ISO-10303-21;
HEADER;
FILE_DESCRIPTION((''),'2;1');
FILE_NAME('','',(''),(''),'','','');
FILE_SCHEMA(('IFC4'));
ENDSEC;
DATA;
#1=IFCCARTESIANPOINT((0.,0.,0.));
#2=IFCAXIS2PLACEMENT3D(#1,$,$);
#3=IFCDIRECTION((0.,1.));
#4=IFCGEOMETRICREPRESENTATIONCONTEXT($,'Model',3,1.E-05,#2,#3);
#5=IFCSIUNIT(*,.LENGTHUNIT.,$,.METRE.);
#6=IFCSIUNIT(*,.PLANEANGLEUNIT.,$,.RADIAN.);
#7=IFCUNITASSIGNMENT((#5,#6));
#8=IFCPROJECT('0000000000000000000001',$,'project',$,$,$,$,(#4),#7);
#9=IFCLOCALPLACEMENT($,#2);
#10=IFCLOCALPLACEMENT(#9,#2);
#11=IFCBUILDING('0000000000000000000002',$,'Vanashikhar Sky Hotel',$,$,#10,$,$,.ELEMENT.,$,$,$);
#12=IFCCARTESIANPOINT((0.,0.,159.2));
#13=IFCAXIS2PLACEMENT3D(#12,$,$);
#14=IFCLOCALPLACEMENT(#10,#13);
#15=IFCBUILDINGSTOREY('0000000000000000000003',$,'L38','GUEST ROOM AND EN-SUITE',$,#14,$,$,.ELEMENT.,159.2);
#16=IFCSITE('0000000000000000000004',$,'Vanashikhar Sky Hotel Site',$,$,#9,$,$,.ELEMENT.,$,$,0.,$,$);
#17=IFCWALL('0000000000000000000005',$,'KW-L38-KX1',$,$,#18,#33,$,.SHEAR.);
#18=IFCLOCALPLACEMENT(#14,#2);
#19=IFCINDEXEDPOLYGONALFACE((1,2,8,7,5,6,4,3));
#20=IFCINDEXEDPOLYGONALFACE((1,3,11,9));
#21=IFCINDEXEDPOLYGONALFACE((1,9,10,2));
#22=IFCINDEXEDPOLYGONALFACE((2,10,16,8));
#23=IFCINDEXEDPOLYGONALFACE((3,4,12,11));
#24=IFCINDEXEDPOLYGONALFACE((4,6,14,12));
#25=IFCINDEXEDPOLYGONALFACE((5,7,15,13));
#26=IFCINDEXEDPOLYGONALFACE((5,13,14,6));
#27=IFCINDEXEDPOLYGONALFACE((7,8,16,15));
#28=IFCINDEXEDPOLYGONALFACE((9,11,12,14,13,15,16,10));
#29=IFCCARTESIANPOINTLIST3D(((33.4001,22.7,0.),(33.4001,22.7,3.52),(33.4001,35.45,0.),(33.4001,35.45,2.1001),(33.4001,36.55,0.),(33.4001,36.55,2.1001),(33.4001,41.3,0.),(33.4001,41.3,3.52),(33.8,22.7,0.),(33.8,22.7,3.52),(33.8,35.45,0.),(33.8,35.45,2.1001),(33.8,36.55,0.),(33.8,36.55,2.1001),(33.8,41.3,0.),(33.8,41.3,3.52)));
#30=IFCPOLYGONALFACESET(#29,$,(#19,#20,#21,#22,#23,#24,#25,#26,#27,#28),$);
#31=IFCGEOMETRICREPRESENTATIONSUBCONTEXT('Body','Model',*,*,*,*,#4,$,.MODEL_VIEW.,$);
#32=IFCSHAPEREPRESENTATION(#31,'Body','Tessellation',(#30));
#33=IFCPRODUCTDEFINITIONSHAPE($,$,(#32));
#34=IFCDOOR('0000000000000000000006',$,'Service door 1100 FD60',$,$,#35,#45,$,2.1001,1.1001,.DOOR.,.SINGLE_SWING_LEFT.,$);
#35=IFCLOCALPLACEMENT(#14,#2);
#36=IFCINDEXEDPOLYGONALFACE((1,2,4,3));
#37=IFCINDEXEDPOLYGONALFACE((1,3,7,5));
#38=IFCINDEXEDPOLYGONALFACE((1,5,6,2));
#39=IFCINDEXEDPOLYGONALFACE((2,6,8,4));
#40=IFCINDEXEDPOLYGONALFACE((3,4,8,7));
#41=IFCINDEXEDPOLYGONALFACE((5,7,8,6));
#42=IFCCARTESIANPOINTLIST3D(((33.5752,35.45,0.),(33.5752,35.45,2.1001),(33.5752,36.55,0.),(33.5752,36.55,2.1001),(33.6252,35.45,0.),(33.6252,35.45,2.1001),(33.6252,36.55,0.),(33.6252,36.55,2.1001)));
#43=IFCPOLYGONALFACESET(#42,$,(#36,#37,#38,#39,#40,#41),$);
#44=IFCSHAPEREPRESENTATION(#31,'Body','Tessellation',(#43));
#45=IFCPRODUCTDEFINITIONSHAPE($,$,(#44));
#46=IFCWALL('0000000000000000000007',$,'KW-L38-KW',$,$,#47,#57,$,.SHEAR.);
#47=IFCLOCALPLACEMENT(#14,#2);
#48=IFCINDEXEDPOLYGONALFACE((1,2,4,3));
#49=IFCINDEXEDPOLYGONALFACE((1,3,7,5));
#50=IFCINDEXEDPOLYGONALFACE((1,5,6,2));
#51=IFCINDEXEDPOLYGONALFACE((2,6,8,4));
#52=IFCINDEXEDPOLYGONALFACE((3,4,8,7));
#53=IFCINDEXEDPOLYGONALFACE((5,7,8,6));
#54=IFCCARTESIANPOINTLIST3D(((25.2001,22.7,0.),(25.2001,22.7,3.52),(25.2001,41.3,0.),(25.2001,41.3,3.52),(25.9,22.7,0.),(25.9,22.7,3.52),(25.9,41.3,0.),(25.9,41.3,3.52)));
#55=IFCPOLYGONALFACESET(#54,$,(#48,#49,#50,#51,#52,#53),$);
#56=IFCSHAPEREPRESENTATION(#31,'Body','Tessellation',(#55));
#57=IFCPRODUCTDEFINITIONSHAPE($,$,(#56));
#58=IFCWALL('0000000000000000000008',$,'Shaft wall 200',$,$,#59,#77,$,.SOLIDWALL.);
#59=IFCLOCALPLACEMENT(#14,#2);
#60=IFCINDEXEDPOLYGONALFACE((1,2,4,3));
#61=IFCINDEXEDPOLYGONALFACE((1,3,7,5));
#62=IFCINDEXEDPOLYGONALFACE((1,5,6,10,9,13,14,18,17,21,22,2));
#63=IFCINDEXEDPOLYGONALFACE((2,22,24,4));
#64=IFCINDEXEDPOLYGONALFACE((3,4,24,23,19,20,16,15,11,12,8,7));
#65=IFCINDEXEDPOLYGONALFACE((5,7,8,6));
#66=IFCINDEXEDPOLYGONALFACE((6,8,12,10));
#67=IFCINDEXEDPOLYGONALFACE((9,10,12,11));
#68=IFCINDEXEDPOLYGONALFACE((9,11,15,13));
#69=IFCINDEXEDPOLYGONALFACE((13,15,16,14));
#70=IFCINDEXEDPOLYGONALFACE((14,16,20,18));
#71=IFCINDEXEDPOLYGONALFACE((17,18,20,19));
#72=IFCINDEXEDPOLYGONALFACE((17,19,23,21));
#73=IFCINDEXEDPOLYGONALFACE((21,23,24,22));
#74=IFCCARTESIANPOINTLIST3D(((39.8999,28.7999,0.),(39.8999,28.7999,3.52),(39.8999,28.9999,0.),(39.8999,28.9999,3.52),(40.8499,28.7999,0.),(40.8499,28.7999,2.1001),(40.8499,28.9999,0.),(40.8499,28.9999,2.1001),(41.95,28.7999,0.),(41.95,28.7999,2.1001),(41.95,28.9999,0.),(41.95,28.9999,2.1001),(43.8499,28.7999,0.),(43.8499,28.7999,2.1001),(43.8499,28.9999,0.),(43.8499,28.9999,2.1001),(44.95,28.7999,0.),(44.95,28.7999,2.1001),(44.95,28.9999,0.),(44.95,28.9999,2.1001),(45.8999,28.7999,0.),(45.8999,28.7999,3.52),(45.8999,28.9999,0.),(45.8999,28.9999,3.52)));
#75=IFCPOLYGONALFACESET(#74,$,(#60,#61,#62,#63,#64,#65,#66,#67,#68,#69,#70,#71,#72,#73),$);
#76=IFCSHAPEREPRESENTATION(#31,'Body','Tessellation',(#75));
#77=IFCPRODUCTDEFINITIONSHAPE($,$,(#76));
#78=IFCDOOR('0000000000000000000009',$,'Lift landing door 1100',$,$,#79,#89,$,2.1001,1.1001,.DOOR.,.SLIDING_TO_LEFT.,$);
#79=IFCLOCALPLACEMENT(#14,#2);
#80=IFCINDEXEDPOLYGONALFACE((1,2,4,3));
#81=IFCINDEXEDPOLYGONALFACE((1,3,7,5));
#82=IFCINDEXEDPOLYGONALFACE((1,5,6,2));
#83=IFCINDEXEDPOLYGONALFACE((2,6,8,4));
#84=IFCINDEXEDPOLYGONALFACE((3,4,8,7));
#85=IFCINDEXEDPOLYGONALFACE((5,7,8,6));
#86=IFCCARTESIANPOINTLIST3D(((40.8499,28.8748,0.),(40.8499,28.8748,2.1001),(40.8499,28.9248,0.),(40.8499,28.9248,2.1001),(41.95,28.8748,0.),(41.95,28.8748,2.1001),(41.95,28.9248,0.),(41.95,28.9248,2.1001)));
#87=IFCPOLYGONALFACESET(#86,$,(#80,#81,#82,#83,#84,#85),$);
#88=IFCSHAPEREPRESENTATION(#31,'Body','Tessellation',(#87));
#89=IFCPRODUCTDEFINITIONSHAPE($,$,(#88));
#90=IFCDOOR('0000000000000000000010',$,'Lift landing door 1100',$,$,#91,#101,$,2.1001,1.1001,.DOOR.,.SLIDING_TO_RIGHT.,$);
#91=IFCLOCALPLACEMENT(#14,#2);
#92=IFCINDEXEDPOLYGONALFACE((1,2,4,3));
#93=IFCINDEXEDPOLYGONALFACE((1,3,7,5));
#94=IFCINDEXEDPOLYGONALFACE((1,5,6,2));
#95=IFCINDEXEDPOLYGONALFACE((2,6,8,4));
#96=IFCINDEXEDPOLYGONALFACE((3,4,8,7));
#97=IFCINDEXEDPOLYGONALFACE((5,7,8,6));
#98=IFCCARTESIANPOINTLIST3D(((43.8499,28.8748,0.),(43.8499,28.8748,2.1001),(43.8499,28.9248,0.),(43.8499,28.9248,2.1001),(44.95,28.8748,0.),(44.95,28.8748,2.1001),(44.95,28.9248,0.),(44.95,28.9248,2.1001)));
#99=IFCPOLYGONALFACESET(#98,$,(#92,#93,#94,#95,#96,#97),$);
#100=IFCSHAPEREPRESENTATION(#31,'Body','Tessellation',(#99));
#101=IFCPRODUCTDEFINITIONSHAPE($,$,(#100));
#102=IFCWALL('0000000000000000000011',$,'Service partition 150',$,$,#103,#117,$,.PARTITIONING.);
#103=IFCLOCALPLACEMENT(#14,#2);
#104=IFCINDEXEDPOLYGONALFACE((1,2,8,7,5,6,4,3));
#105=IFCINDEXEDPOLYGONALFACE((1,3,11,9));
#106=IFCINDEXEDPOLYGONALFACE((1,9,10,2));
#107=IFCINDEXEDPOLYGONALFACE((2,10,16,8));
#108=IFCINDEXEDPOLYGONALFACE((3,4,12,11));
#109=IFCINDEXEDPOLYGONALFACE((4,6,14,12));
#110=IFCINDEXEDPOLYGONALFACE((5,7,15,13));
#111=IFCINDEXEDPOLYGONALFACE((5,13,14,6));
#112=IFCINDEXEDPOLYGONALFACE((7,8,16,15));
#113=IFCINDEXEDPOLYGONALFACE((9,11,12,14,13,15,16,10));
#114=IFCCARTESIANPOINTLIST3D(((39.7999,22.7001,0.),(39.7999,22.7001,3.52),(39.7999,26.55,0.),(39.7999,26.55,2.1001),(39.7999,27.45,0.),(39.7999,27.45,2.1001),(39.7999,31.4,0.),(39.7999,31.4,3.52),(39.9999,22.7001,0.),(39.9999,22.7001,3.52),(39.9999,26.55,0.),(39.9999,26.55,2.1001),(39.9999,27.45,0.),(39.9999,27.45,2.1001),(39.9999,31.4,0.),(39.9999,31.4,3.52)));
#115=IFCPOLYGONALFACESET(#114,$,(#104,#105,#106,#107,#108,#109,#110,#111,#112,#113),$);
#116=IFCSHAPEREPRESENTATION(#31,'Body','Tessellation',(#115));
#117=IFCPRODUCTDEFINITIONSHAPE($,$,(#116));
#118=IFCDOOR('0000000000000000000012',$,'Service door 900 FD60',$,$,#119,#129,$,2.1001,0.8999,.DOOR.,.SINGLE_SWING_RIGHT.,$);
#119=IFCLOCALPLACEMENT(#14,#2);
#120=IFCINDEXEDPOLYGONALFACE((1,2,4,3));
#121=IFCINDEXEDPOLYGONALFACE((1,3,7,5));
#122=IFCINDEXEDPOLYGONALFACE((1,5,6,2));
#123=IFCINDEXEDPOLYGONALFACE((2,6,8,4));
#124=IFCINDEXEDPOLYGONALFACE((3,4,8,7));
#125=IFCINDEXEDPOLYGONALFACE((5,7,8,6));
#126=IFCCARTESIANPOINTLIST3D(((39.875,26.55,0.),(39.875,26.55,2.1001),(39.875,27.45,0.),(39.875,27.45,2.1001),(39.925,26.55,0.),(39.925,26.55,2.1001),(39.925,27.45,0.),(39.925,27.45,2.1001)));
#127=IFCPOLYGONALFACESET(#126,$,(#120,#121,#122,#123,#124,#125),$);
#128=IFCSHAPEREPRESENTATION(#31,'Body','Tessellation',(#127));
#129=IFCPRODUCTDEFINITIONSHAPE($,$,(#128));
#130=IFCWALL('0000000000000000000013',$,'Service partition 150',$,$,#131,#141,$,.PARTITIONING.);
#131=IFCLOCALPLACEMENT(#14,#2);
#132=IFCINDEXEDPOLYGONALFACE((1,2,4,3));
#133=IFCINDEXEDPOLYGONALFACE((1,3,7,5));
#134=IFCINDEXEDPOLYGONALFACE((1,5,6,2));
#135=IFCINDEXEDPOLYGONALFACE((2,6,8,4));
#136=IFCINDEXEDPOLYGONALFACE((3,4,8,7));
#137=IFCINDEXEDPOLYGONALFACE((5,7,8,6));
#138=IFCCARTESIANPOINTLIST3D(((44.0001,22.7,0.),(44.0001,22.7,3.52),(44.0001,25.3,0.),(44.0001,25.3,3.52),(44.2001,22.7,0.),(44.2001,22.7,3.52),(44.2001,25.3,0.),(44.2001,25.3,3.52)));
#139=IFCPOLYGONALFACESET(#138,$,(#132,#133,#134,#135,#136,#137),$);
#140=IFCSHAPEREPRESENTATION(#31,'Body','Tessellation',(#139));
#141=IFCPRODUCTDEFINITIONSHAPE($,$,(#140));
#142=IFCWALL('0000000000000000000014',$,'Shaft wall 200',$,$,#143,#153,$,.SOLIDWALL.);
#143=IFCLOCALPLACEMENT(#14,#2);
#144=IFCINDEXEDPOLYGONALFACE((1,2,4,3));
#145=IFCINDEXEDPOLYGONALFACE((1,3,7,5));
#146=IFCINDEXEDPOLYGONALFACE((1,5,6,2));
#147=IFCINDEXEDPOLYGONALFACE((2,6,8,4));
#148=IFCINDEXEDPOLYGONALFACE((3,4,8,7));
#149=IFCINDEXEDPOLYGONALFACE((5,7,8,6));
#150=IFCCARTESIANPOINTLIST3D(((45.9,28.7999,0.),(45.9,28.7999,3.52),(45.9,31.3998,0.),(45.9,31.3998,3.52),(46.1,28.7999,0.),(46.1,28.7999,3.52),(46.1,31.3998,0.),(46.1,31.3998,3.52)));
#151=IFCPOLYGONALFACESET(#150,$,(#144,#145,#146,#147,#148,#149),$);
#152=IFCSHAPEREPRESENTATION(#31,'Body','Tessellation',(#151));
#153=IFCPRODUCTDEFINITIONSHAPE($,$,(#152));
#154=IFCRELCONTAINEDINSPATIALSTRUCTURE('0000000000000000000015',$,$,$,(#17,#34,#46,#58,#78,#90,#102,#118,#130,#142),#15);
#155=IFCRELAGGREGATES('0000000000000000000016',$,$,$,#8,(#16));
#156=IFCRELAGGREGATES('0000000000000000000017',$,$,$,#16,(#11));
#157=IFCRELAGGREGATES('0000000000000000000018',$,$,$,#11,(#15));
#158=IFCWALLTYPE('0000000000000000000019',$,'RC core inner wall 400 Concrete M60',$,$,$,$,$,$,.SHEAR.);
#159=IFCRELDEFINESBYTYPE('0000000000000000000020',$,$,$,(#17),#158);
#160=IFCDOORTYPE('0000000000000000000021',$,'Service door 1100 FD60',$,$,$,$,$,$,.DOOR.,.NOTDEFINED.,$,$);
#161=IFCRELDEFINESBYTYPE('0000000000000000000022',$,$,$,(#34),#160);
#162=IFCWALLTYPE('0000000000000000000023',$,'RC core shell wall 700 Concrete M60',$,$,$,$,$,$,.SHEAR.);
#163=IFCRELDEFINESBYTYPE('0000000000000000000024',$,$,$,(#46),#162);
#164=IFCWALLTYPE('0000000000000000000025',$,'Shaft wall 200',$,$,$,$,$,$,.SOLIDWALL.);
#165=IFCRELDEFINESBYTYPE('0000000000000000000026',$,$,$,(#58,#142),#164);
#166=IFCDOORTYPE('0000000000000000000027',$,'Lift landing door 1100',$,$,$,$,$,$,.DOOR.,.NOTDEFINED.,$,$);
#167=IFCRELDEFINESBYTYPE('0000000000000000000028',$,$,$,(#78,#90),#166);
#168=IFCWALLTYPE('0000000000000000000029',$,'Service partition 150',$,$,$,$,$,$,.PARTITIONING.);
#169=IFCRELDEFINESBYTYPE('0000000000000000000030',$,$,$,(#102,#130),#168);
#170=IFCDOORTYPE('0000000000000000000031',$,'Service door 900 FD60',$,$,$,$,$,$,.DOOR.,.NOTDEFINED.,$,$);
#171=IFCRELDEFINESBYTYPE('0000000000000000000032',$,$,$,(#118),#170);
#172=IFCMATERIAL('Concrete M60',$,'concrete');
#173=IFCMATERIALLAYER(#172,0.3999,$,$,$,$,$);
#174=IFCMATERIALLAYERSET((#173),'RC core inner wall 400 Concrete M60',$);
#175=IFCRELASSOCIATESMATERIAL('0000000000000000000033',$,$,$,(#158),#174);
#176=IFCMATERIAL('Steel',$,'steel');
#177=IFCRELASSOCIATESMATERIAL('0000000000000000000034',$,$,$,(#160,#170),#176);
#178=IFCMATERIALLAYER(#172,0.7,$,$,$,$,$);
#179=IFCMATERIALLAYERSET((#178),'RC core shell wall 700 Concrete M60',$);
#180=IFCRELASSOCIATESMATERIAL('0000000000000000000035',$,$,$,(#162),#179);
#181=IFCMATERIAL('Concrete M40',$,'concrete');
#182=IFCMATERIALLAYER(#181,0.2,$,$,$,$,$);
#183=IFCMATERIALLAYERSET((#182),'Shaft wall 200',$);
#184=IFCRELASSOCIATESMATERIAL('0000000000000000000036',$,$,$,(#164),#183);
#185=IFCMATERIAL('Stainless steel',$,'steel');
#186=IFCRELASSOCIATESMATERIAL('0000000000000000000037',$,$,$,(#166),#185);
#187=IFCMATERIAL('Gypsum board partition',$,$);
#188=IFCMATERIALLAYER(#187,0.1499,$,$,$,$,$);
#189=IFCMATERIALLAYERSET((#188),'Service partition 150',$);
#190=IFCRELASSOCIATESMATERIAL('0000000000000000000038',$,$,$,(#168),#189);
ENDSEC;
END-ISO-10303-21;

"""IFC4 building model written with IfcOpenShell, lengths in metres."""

from ifc_helpers import new_model, si_unit, direction, frame, frame_2d, origin, place, context, subcontext, project, spatial, rectangle, extrude, source, transform, mapped, material, layer, layer_set, type_object, element, fill, save


model = new_model("IFC4")

# Units and contexts
model_context = context("Model", 3, precision=1e-05, world=origin(), true_north=direction((0.0, 1.0)))
body_context = subcontext(model_context, "Body", "Model", "MODEL_VIEW")
ifc_project = project(units=[si_unit("LENGTHUNIT", "METRE"), si_unit("PLANEANGLEUNIT", "RADIAN")], contexts=[model_context])

# Site, building, storey
site_placement = place(None, origin())
site = spatial("IfcSite", under=ifc_project, at=site_placement, Name="Vanashikhar Sky Hotel Site", CompositionType="ELEMENT", RefElevation=0.0)
building_placement = place(site_placement, origin())
building = spatial("IfcBuilding", under=site, at=building_placement, Name="Vanashikhar Sky Hotel", CompositionType="ELEMENT")
storey_placement = place(building_placement, frame((0.0, 0.0, 159.2)))
storey = spatial("IfcBuildingStorey", under=building, at=storey_placement, Name="L38", Description="GUEST ROOM AND EN-SUITE", CompositionType="ELEMENT", Elevation=159.2)

# Wall, opening, door
ifc_material_1 = material(Name="Concrete M60", Category="concrete")
ifc_layer_1 = layer(ifc_material_1, 0.3999)
ifc_layer_set_1 = layer_set([ifc_layer_1], Name="RC core inner wall 400 Concrete M60")
wall_type_1 = type_object("IfcWallType", Name="RC core inner wall 400 Concrete M60", PredefinedType="SHEAR", material=ifc_layer_set_1)
shared_shape_1 = source(origin(), body_context, "Body", "SweptSolid", [
    extrude(rectangle(XDim=18.6001, YDim=0.3999, at=frame_2d((9.3, 0.0))), origin(), (0.0, 0.0, 1.0), 3.52),
])
wall_1_placement = place(storey_placement, frame((33.6001, 22.7, 0.0), z_axis=(0.0, 0.0, 1.0), x_axis=(0.0, 1.0, 0.0)))
wall_1 = element("IfcWall", 1, at=wall_1_placement, inside=storey, type_object=wall_type_1, Name="KW-L38-KX1", PredefinedType="SHEAR", context=body_context, shape_type="MappedRepresentation", body=[
    mapped(shared_shape_1, transform((0.0, 0.0, 0.0), scale=1.0)),
])
shared_shape_2 = source(origin(), body_context, "Body", "SweptSolid", [
    extrude(rectangle(XDim=1.1001, YDim=2.1001, at=frame_2d((0.55, 1.05))), frame((0.0, 0.21, 0.0), z_axis=(0.0, -1.0, 0.0), x_axis=(1.0, 0.0, 0.0)), (0.0, 0.0, 1.0), 0.4199),
])
opening_1_placement = place(wall_1_placement, frame((12.75, 0.0, 0.0)))
opening_1 = element("IfcOpeningElement", 2, at=opening_1_placement, cuts=wall_1, PredefinedType="OPENING", context=body_context, shape_type="MappedRepresentation", body=[
    mapped(shared_shape_2, transform((0.0, 0.0, 0.0), scale=1.0)),
])
ifc_material_2 = material(Name="Steel", Category="steel")
door_type_1 = type_object("IfcDoorType", Name="Service door 1100 FD60", OperationType="NOTDEFINED", PredefinedType="DOOR", material=ifc_material_2)
shared_shape_3 = source(origin(), body_context, "Body", "SweptSolid", [
    extrude(rectangle(XDim=1.1001, YDim=2.1001, at=frame_2d((0.55, 1.05))), frame((0.0, 0.0249, 0.0), z_axis=(0.0, -1.0, 0.0), x_axis=(1.0, 0.0, 0.0)), (0.0, 0.0, 1.0), 0.05),
])
door_1_placement = place(opening_1_placement, origin())
door_1 = element("IfcDoor", 3, at=door_1_placement, inside=storey, type_object=door_type_1, Name="Service door 1100 FD60", OperationType="SINGLE_SWING_LEFT", OverallHeight=2.1001, OverallWidth=1.1001, PredefinedType="DOOR", context=body_context, shape_type="MappedRepresentation", body=[
    mapped(shared_shape_3, transform((0.0, 0.0, 0.0), scale=1.0)),
])
fill(opening_1, door_1)

# Wall
ifc_layer_2 = layer(ifc_material_1, 0.7)
ifc_layer_set_2 = layer_set([ifc_layer_2], Name="RC core shell wall 700 Concrete M60")
wall_type_2 = type_object("IfcWallType", Name="RC core shell wall 700 Concrete M60", PredefinedType="SHEAR", material=ifc_layer_set_2)
shared_shape_4 = source(origin(), body_context, "Body", "SweptSolid", [
    extrude(rectangle(XDim=18.6001, YDim=0.7, at=frame_2d((9.3, 0.0))), origin(), (0.0, 0.0, 1.0), 3.52),
])
wall_2_placement = place(storey_placement, frame((25.55, 22.7, 0.0), z_axis=(0.0, 0.0, 1.0), x_axis=(0.0, 1.0, 0.0)))
element("IfcWall", 4, at=wall_2_placement, inside=storey, type_object=wall_type_2, Name="KW-L38-KW", PredefinedType="SHEAR", context=body_context, shape_type="MappedRepresentation", body=[
    mapped(shared_shape_4, transform((0.0, 0.0, 0.0), scale=1.0)),
])

# Wall, openings, doors
ifc_material_3 = material(Name="Concrete M40", Category="concrete")
ifc_layer_3 = layer(ifc_material_3, 0.2)
ifc_layer_set_3 = layer_set([ifc_layer_3], Name="Shaft wall 200")
wall_type_3 = type_object("IfcWallType", Name="Shaft wall 200", PredefinedType="SOLIDWALL", material=ifc_layer_set_3)
shared_shape_5 = source(origin(), body_context, "Body", "SweptSolid", [
    extrude(rectangle(XDim=6.0, YDim=0.2, at=frame_2d((3.0, 0.0))), origin(), (0.0, 0.0, 1.0), 3.52),
])
wall_3_placement = place(storey_placement, frame((39.8999, 28.8999, 0.0), z_axis=(0.0, 0.0, 1.0), x_axis=(1.0, 0.0, 0.0)))
wall_3 = element("IfcWall", 5, at=wall_3_placement, inside=storey, type_object=wall_type_3, Name="Shaft wall 200", PredefinedType="SOLIDWALL", context=body_context, shape_type="MappedRepresentation", body=[
    mapped(shared_shape_5, transform((0.0, 0.0, 0.0), scale=1.0)),
])
shared_shape_6 = source(origin(), body_context, "Body", "SweptSolid", [
    extrude(rectangle(XDim=1.1001, YDim=2.1001, at=frame_2d((0.55, 1.05))), frame((0.0, 0.1099, 0.0), z_axis=(0.0, -1.0, 0.0), x_axis=(1.0, 0.0, 0.0)), (0.0, 0.0, 1.0), 0.22),
])
opening_2_placement = place(wall_3_placement, frame((0.95, 0.0, 0.0)))
opening_2 = element("IfcOpeningElement", 6, at=opening_2_placement, cuts=wall_3, PredefinedType="OPENING", context=body_context, shape_type="MappedRepresentation", body=[
    mapped(shared_shape_6, transform((0.0, 0.0, 0.0), scale=1.0)),
])
opening_3_placement = place(wall_3_placement, frame((3.95, 0.0, 0.0)))
opening_3 = element("IfcOpeningElement", 7, at=opening_3_placement, cuts=wall_3, PredefinedType="OPENING", context=body_context, shape_type="MappedRepresentation", body=[
    mapped(shared_shape_6, transform((0.0, 0.0, 0.0), scale=1.0)),
])
ifc_material_4 = material(Name="Stainless steel", Category="steel")
door_type_2 = type_object("IfcDoorType", Name="Lift landing door 1100", OperationType="NOTDEFINED", PredefinedType="DOOR", material=ifc_material_4)
door_2_placement = place(opening_2_placement, origin())
door_2 = element("IfcDoor", 8, at=door_2_placement, inside=storey, type_object=door_type_2, Name="Lift landing door 1100", OperationType="SLIDING_TO_LEFT", OverallHeight=2.1001, OverallWidth=1.1001, PredefinedType="DOOR", context=body_context, shape_type="MappedRepresentation", body=[
    mapped(shared_shape_3, transform((0.0, 0.0, 0.0), scale=1.0)),
])
fill(opening_2, door_2)
door_3_placement = place(opening_3_placement, origin())
door_3 = element("IfcDoor", 9, at=door_3_placement, inside=storey, type_object=door_type_2, Name="Lift landing door 1100", OperationType="SLIDING_TO_RIGHT", OverallHeight=2.1001, OverallWidth=1.1001, PredefinedType="DOOR", context=body_context, shape_type="MappedRepresentation", body=[
    mapped(shared_shape_3, transform((0.0, 0.0, 0.0), scale=1.0)),
])
fill(opening_3, door_3)

# Wall, opening, door
ifc_material_5 = material(Name="Gypsum board partition")
ifc_layer_4 = layer(ifc_material_5, 0.1499)
ifc_layer_set_4 = layer_set([ifc_layer_4], Name="Service partition 150")
wall_type_4 = type_object("IfcWallType", Name="Service partition 150", PredefinedType="PARTITIONING", material=ifc_layer_set_4)
shared_shape_7 = source(origin(), body_context, "Body", "SweptSolid", [
    extrude(rectangle(XDim=8.7, YDim=0.2, at=frame_2d((4.3501, 0.0))), origin(), (0.0, 0.0, 1.0), 3.52),
])
wall_4_placement = place(storey_placement, frame((39.8999, 22.7, 0.0), z_axis=(0.0, 0.0, 1.0), x_axis=(0.0, 1.0, 0.0)))
wall_4 = element("IfcWall", 10, at=wall_4_placement, inside=storey, type_object=wall_type_4, Name="Service partition 150", PredefinedType="PARTITIONING", context=body_context, shape_type="MappedRepresentation", body=[
    mapped(shared_shape_7, transform((0.0, 0.0, 0.0), scale=1.0)),
])
shared_shape_8 = source(origin(), body_context, "Body", "SweptSolid", [
    extrude(rectangle(XDim=0.8999, YDim=2.1001, at=frame_2d((0.45, 1.05))), frame((0.0, 0.1099, 0.0), z_axis=(0.0, -1.0, 0.0), x_axis=(1.0, 0.0, 0.0)), (0.0, 0.0, 1.0), 0.22),
])
opening_4_placement = place(wall_4_placement, frame((3.8501, 0.0, 0.0)))
opening_4 = element("IfcOpeningElement", 11, at=opening_4_placement, cuts=wall_4, PredefinedType="OPENING", context=body_context, shape_type="MappedRepresentation", body=[
    mapped(shared_shape_8, transform((0.0, 0.0, 0.0), scale=1.0)),
])
door_type_3 = type_object("IfcDoorType", Name="Service door 900 FD60", OperationType="NOTDEFINED", PredefinedType="DOOR", material=ifc_material_2)
shared_shape_9 = source(origin(), body_context, "Body", "SweptSolid", [
    extrude(rectangle(XDim=0.8999, YDim=2.1001, at=frame_2d((0.45, 1.05))), frame((0.0, 0.0249, 0.0), z_axis=(0.0, -1.0, 0.0), x_axis=(1.0, 0.0, 0.0)), (0.0, 0.0, 1.0), 0.05),
])
door_4_placement = place(opening_4_placement, origin())
door_4 = element("IfcDoor", 12, at=door_4_placement, inside=storey, type_object=door_type_3, Name="Service door 900 FD60", OperationType="SINGLE_SWING_RIGHT", OverallHeight=2.1001, OverallWidth=0.8999, PredefinedType="DOOR", context=body_context, shape_type="MappedRepresentation", body=[
    mapped(shared_shape_9, transform((0.0, 0.0, 0.0), scale=1.0)),
])
fill(opening_4, door_4)

# Walls
shared_shape_10 = source(origin(), body_context, "Body", "SweptSolid", [
    extrude(rectangle(XDim=2.6001, YDim=0.2, at=frame_2d((1.3, 0.0))), origin(), (0.0, 0.0, 1.0), 3.52),
])
wall_5_placement = place(storey_placement, frame((44.1001, 22.7, 0.0), z_axis=(0.0, 0.0, 1.0), x_axis=(0.0, 1.0, 0.0)))
element("IfcWall", 13, at=wall_5_placement, inside=storey, type_object=wall_type_4, Name="Service partition 150", PredefinedType="PARTITIONING", context=body_context, shape_type="MappedRepresentation", body=[
    mapped(shared_shape_10, transform((0.0, 0.0, 0.0), scale=1.0)),
])
shared_shape_11 = source(origin(), body_context, "Body", "SweptSolid", [
    extrude(rectangle(XDim=2.5999, YDim=0.2, at=frame_2d((1.2998, 0.0))), origin(), (0.0, 0.0, 1.0), 3.52),
])
wall_6_placement = place(storey_placement, frame((46.0, 28.8, 0.0), z_axis=(0.0, 0.0, 1.0), x_axis=(0.0, 1.0, 0.0)))
element("IfcWall", 14, at=wall_6_placement, inside=storey, type_object=wall_type_3, Name="Shaft wall 200", PredefinedType="SOLIDWALL", context=body_context, shape_type="MappedRepresentation", body=[
    mapped(shared_shape_11, transform((0.0, 0.0, 0.0), scale=1.0)),
])

save(model, "model.ifc")
